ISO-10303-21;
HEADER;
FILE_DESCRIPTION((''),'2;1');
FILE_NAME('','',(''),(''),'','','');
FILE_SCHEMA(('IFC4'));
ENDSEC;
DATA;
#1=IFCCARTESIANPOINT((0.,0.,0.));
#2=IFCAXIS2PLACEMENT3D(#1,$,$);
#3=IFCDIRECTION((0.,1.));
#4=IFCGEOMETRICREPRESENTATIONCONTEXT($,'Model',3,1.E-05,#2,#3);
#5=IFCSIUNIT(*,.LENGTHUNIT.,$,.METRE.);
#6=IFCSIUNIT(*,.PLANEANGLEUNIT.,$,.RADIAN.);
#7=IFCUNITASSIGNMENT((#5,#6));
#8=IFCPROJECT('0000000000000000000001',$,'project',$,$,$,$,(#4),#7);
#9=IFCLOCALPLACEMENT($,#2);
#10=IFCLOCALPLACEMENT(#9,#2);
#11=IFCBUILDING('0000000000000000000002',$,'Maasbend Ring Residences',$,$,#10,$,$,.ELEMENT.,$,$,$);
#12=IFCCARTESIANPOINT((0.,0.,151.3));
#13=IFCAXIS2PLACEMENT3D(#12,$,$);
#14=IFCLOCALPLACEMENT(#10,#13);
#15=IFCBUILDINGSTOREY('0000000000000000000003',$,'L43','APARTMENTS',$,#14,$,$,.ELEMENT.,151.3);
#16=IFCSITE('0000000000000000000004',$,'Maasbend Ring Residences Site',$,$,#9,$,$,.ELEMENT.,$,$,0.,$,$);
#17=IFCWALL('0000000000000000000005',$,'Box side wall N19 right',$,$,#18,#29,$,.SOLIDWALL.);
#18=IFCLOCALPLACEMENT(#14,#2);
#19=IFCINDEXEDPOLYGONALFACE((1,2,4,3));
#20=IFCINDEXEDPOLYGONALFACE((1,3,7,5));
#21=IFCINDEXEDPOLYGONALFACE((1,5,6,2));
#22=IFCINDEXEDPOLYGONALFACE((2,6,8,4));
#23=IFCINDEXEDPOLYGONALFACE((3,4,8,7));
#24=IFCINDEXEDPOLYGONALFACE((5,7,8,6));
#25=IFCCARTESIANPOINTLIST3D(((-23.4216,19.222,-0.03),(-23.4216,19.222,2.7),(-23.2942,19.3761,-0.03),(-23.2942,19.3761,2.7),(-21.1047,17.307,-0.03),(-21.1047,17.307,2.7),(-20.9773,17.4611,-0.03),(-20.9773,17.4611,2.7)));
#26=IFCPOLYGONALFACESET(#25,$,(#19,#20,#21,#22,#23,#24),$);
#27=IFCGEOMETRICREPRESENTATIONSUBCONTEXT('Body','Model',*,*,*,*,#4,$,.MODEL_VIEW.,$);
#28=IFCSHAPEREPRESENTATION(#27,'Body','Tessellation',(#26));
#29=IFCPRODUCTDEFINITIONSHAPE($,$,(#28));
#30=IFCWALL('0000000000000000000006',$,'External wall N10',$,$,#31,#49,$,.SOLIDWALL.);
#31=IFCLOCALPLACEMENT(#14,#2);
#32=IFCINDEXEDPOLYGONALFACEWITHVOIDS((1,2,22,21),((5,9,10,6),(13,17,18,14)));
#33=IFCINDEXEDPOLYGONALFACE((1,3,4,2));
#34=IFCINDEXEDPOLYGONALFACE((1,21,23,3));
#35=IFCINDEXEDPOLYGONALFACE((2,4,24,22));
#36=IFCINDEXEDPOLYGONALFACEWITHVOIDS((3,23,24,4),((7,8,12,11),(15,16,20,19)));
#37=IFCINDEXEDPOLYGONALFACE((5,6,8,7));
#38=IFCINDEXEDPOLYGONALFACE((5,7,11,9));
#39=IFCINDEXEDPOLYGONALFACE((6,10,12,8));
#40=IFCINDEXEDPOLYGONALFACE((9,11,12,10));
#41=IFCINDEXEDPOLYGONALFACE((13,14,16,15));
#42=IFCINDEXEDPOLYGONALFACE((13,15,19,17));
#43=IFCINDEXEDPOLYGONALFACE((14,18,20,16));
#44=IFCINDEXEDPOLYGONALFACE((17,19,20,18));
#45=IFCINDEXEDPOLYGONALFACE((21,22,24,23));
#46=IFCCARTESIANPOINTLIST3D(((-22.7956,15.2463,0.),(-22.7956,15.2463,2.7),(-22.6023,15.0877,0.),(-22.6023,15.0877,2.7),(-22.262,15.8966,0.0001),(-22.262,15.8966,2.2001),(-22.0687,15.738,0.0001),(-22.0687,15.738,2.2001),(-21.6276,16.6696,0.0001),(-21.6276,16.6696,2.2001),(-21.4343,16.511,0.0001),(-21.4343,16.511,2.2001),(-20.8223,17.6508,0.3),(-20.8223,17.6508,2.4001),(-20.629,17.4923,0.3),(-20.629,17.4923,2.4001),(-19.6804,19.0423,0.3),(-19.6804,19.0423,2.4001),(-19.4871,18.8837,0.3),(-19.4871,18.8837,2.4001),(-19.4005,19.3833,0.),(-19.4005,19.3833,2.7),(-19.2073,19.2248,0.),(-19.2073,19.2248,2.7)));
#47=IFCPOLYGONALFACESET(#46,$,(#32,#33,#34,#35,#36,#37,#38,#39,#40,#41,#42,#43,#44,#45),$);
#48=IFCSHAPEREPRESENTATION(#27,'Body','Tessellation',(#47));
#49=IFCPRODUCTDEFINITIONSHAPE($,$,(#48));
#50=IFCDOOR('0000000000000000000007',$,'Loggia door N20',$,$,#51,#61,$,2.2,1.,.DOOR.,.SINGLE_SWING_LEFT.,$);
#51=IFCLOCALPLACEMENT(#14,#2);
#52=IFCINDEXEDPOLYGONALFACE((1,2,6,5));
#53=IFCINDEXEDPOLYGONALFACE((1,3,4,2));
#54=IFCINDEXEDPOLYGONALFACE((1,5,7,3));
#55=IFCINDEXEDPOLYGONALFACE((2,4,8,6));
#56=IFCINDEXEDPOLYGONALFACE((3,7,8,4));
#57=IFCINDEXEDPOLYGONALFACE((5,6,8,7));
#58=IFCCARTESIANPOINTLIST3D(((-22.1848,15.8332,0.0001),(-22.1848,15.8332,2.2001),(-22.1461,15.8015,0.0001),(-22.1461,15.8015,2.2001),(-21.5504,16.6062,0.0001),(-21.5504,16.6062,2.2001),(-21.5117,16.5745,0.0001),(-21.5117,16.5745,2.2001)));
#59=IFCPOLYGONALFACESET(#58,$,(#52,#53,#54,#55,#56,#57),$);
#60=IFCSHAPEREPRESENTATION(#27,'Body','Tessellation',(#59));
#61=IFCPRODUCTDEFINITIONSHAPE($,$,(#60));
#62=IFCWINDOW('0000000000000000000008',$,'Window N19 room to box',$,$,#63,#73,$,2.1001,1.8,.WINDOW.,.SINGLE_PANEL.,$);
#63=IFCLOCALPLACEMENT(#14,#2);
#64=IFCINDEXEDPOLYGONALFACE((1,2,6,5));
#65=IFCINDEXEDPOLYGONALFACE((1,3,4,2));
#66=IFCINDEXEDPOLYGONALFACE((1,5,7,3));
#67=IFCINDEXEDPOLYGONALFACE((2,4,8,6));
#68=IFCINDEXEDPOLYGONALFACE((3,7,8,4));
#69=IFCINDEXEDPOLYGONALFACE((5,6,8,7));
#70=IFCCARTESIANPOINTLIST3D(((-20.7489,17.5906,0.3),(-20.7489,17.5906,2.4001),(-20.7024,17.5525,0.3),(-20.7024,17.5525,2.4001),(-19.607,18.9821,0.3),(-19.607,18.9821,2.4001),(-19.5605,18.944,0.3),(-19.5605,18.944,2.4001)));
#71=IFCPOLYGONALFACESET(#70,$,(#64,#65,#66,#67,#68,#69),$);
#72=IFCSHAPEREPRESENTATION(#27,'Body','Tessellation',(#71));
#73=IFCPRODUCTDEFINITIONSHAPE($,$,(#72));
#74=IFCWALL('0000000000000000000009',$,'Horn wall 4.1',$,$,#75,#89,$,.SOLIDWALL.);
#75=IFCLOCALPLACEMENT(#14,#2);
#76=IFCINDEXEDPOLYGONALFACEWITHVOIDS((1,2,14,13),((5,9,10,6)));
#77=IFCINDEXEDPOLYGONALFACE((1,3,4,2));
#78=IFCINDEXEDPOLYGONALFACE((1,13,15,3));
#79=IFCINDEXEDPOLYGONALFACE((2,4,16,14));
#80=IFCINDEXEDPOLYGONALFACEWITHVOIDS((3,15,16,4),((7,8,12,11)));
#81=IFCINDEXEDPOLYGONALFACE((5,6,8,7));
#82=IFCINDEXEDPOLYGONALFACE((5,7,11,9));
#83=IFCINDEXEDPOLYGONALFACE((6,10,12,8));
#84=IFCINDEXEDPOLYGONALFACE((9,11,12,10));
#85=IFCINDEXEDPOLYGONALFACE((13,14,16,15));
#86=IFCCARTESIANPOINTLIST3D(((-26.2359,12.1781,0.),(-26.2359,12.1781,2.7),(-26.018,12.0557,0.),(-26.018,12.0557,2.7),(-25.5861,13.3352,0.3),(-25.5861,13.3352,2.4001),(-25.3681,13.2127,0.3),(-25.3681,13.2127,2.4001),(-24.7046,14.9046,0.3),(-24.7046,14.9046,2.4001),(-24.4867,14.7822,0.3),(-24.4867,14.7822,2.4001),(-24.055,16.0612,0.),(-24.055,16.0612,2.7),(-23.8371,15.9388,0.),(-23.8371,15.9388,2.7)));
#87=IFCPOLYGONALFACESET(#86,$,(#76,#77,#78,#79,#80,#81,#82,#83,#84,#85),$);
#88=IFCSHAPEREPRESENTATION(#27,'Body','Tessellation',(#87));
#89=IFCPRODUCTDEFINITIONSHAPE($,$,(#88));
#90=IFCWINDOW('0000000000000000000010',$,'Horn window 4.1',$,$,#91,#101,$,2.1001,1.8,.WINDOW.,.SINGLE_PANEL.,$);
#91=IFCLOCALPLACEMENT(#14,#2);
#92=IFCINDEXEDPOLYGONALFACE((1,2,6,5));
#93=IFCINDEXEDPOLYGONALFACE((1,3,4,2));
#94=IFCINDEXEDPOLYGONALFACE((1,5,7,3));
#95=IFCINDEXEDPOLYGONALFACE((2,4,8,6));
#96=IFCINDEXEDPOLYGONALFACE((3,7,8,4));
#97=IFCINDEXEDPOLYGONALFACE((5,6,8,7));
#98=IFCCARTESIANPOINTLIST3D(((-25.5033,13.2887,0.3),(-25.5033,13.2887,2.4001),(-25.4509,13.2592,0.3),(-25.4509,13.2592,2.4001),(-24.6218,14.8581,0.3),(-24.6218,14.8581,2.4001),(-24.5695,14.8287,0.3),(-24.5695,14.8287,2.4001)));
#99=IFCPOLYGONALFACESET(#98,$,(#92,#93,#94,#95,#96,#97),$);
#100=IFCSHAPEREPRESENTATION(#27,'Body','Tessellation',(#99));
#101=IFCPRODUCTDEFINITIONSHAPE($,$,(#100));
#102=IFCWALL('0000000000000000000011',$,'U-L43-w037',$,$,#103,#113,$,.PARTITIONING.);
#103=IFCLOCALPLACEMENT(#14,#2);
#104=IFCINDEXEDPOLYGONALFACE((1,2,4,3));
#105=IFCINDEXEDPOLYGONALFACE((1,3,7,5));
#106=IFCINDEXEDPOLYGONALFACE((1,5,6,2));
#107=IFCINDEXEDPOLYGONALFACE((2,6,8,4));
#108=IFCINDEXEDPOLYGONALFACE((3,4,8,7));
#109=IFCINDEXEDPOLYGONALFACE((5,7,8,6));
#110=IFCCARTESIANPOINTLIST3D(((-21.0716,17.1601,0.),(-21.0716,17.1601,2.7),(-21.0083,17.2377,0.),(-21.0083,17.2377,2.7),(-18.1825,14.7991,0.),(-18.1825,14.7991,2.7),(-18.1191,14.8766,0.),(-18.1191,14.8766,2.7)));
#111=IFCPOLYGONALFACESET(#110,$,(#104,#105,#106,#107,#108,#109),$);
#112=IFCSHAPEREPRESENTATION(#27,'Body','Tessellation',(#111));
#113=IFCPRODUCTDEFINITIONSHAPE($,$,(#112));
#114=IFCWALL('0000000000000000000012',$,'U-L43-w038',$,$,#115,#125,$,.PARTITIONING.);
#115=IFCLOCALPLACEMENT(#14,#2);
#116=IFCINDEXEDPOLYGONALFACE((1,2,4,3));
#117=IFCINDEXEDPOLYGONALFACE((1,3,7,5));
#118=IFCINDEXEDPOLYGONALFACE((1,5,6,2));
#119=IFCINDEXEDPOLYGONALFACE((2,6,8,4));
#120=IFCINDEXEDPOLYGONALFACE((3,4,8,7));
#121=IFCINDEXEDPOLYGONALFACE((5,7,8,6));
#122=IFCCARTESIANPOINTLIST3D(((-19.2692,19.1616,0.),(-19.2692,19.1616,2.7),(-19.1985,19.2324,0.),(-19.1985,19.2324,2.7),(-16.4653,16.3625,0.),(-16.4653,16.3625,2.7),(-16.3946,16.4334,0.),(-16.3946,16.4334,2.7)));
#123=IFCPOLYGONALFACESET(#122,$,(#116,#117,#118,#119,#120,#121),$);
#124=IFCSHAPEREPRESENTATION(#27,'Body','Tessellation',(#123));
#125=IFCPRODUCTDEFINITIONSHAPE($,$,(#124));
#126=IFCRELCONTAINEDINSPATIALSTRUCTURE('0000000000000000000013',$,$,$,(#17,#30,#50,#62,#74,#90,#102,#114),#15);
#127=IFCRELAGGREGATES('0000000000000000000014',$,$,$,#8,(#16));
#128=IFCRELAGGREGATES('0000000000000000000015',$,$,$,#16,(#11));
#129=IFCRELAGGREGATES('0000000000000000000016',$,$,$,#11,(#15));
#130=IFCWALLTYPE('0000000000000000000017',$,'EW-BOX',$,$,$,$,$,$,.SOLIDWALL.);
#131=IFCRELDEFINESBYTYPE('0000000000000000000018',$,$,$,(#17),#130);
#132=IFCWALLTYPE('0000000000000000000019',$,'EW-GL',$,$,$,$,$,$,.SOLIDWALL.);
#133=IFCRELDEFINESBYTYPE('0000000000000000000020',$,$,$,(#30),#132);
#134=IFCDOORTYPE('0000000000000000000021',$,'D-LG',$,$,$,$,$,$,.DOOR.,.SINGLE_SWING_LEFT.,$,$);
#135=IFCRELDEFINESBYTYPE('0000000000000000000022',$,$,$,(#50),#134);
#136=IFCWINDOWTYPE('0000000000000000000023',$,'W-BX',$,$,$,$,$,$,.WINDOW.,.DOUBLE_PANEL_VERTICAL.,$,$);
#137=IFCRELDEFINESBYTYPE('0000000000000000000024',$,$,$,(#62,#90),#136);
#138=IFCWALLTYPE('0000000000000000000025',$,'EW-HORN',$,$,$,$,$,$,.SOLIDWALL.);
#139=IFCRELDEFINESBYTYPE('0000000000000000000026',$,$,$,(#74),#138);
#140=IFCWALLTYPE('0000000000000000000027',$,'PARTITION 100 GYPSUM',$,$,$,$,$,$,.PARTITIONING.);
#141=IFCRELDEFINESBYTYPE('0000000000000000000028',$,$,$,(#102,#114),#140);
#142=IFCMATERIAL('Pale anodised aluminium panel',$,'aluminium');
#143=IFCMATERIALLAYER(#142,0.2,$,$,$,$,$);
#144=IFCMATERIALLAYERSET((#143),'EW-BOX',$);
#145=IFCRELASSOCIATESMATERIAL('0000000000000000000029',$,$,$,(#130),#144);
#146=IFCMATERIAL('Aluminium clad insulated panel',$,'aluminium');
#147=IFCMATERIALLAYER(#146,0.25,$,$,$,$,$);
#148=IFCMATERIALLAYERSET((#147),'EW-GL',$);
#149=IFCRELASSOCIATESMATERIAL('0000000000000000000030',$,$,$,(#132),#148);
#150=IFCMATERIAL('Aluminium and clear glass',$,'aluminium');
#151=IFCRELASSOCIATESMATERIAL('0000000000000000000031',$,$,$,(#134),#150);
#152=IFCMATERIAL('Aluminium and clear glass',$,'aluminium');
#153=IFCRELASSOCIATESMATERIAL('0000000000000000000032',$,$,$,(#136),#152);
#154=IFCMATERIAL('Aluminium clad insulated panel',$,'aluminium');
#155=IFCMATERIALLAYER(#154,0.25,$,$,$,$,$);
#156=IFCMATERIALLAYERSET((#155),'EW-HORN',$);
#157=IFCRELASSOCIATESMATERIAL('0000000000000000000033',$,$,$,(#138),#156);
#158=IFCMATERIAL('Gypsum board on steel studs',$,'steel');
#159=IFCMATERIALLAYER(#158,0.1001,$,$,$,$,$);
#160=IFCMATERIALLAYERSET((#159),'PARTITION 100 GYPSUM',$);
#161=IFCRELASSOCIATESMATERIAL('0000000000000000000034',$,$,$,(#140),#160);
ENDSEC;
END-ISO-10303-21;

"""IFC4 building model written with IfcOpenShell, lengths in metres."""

from ifc_helpers import new_model, si_unit, direction, frame, frame_2d, origin, place, context, subcontext, project, spatial, rectangle, extrude, material, layer, layer_set, type_object, element, fill, save


model = new_model("IFC4")

# Units and contexts
model_context = context("Model", 3, precision=1e-05, world=origin(), true_north=direction((0.0, 1.0)))
body_context = subcontext(model_context, "Body", "Model", "MODEL_VIEW")
ifc_project = project(units=[si_unit("LENGTHUNIT", "METRE"), si_unit("PLANEANGLEUNIT", "RADIAN")], contexts=[model_context])

# Site, building, storey
site_placement = place(None, origin())
site = spatial("IfcSite", under=ifc_project, at=site_placement, Name="Maasbend Ring Residences Site", CompositionType="ELEMENT", RefElevation=0.0)
building_placement = place(site_placement, origin())
building = spatial("IfcBuilding", under=site, at=building_placement, Name="Maasbend Ring Residences", CompositionType="ELEMENT")
storey_placement = place(building_placement, frame((0.0, 0.0, 151.3)))
storey = spatial("IfcBuildingStorey", under=building, at=storey_placement, Name="L43", Description="APARTMENTS", CompositionType="ELEMENT", Elevation=151.3)

# Wall
ifc_material_1 = material(Name="Pale anodised aluminium panel", Category="aluminium")
ifc_layer_1 = layer(ifc_material_1, 0.2)
ifc_layer_set_1 = layer_set([ifc_layer_1], Name="EW-BOX")
wall_type_1 = type_object("IfcWallType", Name="EW-BOX", PredefinedType="SOLIDWALL", material=ifc_layer_set_1)
wall_1_placement = place(storey_placement, frame((-21.041, 17.384, -0.03), z_axis=(0.0, 0.0, 1.0), x_axis=(-0.770785, 0.637096, 0.0)))
element("IfcWall", 1, at=wall_1_placement, inside=storey, type_object=wall_type_1, Name="Box side wall N19 right", PredefinedType="SOLIDWALL", context=body_context, shape_type="SweptSolid", body=[
    extrude(rectangle(XDim=3.0059, YDim=0.2, at=frame_2d((1.5029, 0.0))), origin(), (0.0, 0.0, 1.0), 2.73),
])

# Wall, openings, door, window
ifc_material_2 = material(Name="Aluminium clad insulated panel", Category="aluminium")
ifc_layer_2 = layer(ifc_material_2, 0.25)
ifc_layer_set_2 = layer_set([ifc_layer_2], Name="EW-GL")
wall_type_2 = type_object("IfcWallType", Name="EW-GL", PredefinedType="SOLIDWALL", material=ifc_layer_set_2)
wall_2_placement = place(storey_placement, frame((-19.304, 19.304, 0.0), z_axis=(0.0, 0.0, 1.0), x_axis=(-0.634382, -0.773019, 0.0)))
wall_2 = element("IfcWall", 2, at=wall_2_placement, inside=storey, type_object=wall_type_2, Name="External wall N10", PredefinedType="SOLIDWALL", context=body_context, shape_type="SweptSolid", body=[
    extrude(rectangle(XDim=5.3518, YDim=0.25, at=frame_2d((2.6758, 0.0))), origin(), (0.0, 0.0, 1.0), 2.7),
])
opening_1_placement = place(wall_2_placement, frame((0.4412, 0.0, 0.3)))
opening_1 = element("IfcOpeningElement", 3, at=opening_1_placement, cuts=wall_2, PredefinedType="OPENING", context=body_context, shape_type="SweptSolid", body=[
    extrude(rectangle(XDim=1.8, YDim=2.1001, at=frame_2d((0.8999, 1.05))), frame((0.0, 0.135, 0.0), z_axis=(0.0, -1.0, 0.0), x_axis=(1.0, 0.0, 0.0)), (0.0, 0.0, 1.0), 0.27),
])
opening_2_placement = place(wall_2_placement, frame((3.5105, 0.0, 0.0)))
opening_2 = element("IfcOpeningElement", 4, at=opening_2_placement, cuts=wall_2, PredefinedType="OPENING", context=body_context, shape_type="SweptSolid", body=[
    extrude(rectangle(XDim=1.0, YDim=2.2, at=frame_2d((0.5, 1.1001))), frame((0.0, 0.135, 0.0), z_axis=(0.0, -1.0, 0.0), x_axis=(1.0, 0.0, 0.0)), (0.0, 0.0, 1.0), 0.27),
])
ifc_material_3 = material(Name="Aluminium and clear glass", Category="aluminium")
door_type_1 = type_object("IfcDoorType", Name="D-LG", OperationType="SINGLE_SWING_LEFT", PredefinedType="DOOR", material=ifc_material_3)
door_1_placement = place(opening_2_placement, origin())
door_1 = element("IfcDoor", 5, at=door_1_placement, inside=storey, type_object=door_type_1, Name="Loggia door N20", OperationType="SINGLE_SWING_LEFT", OverallHeight=2.2, OverallWidth=1.0, PredefinedType="DOOR", context=body_context, shape_type="SweptSolid", body=[
    extrude(rectangle(XDim=1.0, YDim=2.2, at=frame_2d((0.5, 1.1001))), frame((0.0, 0.0249, 0.0), z_axis=(0.0, -1.0, 0.0), x_axis=(1.0, 0.0, 0.0)), (0.0, 0.0, 1.0), 0.05),
])
fill(opening_2, door_1)
ifc_material_4 = material(Name="Aluminium and clear glass", Category="aluminium")
window_type = type_object("IfcWindowType", Name="W-BX", PartitioningType="DOUBLE_PANEL_VERTICAL", PredefinedType="WINDOW", material=ifc_material_4)
window_1_placement = place(opening_1_placement, origin())
window_1 = element("IfcWindow", 6, at=window_1_placement, inside=storey, type_object=window_type, Name="Window N19 room to box", OverallHeight=2.1001, OverallWidth=1.8, PartitioningType="SINGLE_PANEL", PredefinedType="WINDOW", context=body_context, shape_type="SweptSolid", body=[
    extrude(rectangle(XDim=1.8, YDim=2.1001, at=frame_2d((0.8999, 1.05))), frame((0.0, 0.03, 0.0), z_axis=(0.0, -1.0, 0.0), x_axis=(1.0, 0.0, 0.0)), (0.0, 0.0, 1.0), 0.0601),
])
fill(opening_1, window_1)

# Wall, opening, window
ifc_material_5 = material(Name="Aluminium clad insulated panel", Category="aluminium")
ifc_layer_3 = layer(ifc_material_5, 0.25)
ifc_layer_set_3 = layer_set([ifc_layer_3], Name="EW-HORN")
wall_type_3 = type_object("IfcWallType", Name="EW-HORN", PredefinedType="SOLIDWALL", material=ifc_layer_set_3)
wall_3_placement = place(storey_placement, frame((-23.946, 16.0, 0.0), z_axis=(0.0, 0.0, 1.0), x_axis=(-0.489696, -0.871893, 0.0)))
wall_3 = element("IfcWall", 7, at=wall_3_placement, inside=storey, type_object=wall_type_3, Name="Horn wall 4.1", PredefinedType="SOLIDWALL", context=body_context, shape_type="SweptSolid", body=[
    extrude(rectangle(XDim=4.4536, YDim=0.25, at=frame_2d((2.2268, 0.0))), origin(), (0.0, 0.0, 1.0), 2.7),
])
opening_3_placement = place(wall_3_placement, frame((1.3267, 0.0, 0.3)))
opening_3 = element("IfcOpeningElement", 8, at=opening_3_placement, cuts=wall_3, PredefinedType="OPENING", context=body_context, shape_type="SweptSolid", body=[
    extrude(rectangle(XDim=1.8, YDim=2.1001, at=frame_2d((0.8999, 1.05))), frame((0.0, 0.135, 0.0), z_axis=(0.0, -1.0, 0.0), x_axis=(1.0, 0.0, 0.0)), (0.0, 0.0, 1.0), 0.27),
])
window_2_placement = place(opening_3_placement, origin())
window_2 = element("IfcWindow", 9, at=window_2_placement, inside=storey, type_object=window_type, Name="Horn window 4.1", OverallHeight=2.1001, OverallWidth=1.8, PartitioningType="SINGLE_PANEL", PredefinedType="WINDOW", context=body_context, shape_type="SweptSolid", body=[
    extrude(rectangle(XDim=1.8, YDim=2.1001, at=frame_2d((0.8999, 1.05))), frame((0.0, 0.03, 0.0), z_axis=(0.0, -1.0, 0.0), x_axis=(1.0, 0.0, 0.0)), (0.0, 0.0, 1.0), 0.0601),
])
fill(opening_3, window_2)

# Walls
ifc_material_6 = material(Name="Gypsum board on steel studs", Category="steel")
ifc_layer_4 = layer(ifc_material_6, 0.1001)
ifc_layer_set_4 = layer_set([ifc_layer_4], Name="PARTITION 100 GYPSUM")
wall_type_4 = type_object("IfcWallType", Name="PARTITION 100 GYPSUM", PredefinedType="PARTITIONING", material=ifc_layer_set_4)
wall_4_placement = place(storey_placement, frame((-21.04, 17.199, 0.0), z_axis=(0.0, 0.0, 1.0), x_axis=(0.774322, -0.632792, 0.0)))
element("IfcWall", 10, at=wall_4_placement, inside=storey, type_object=wall_type_4, Name="U-L43-w037", PredefinedType="PARTITIONING", context=body_context, shape_type="SweptSolid", body=[
    extrude(rectangle(XDim=3.7312, YDim=0.1001, at=frame_2d((1.8657, 0.0))), origin(), (0.0, 0.0, 1.0), 2.7),
])
wall_5_placement = place(storey_placement, frame((-19.2339, 19.197, 0.0), z_axis=(0.0, 0.0, 1.0), x_axis=(0.707723, -0.70649, 0.0)))
element("IfcWall", 11, at=wall_5_placement, inside=storey, type_object=wall_type_4, Name="U-L43-w038", PredefinedType="PARTITIONING", context=body_context, shape_type="SweptSolid", body=[
    extrude(rectangle(XDim=3.9619, YDim=0.1001, at=frame_2d((1.981, 0.0))), origin(), (0.0, 0.0, 1.0), 2.7),
])

save(model, "model.ifc")
